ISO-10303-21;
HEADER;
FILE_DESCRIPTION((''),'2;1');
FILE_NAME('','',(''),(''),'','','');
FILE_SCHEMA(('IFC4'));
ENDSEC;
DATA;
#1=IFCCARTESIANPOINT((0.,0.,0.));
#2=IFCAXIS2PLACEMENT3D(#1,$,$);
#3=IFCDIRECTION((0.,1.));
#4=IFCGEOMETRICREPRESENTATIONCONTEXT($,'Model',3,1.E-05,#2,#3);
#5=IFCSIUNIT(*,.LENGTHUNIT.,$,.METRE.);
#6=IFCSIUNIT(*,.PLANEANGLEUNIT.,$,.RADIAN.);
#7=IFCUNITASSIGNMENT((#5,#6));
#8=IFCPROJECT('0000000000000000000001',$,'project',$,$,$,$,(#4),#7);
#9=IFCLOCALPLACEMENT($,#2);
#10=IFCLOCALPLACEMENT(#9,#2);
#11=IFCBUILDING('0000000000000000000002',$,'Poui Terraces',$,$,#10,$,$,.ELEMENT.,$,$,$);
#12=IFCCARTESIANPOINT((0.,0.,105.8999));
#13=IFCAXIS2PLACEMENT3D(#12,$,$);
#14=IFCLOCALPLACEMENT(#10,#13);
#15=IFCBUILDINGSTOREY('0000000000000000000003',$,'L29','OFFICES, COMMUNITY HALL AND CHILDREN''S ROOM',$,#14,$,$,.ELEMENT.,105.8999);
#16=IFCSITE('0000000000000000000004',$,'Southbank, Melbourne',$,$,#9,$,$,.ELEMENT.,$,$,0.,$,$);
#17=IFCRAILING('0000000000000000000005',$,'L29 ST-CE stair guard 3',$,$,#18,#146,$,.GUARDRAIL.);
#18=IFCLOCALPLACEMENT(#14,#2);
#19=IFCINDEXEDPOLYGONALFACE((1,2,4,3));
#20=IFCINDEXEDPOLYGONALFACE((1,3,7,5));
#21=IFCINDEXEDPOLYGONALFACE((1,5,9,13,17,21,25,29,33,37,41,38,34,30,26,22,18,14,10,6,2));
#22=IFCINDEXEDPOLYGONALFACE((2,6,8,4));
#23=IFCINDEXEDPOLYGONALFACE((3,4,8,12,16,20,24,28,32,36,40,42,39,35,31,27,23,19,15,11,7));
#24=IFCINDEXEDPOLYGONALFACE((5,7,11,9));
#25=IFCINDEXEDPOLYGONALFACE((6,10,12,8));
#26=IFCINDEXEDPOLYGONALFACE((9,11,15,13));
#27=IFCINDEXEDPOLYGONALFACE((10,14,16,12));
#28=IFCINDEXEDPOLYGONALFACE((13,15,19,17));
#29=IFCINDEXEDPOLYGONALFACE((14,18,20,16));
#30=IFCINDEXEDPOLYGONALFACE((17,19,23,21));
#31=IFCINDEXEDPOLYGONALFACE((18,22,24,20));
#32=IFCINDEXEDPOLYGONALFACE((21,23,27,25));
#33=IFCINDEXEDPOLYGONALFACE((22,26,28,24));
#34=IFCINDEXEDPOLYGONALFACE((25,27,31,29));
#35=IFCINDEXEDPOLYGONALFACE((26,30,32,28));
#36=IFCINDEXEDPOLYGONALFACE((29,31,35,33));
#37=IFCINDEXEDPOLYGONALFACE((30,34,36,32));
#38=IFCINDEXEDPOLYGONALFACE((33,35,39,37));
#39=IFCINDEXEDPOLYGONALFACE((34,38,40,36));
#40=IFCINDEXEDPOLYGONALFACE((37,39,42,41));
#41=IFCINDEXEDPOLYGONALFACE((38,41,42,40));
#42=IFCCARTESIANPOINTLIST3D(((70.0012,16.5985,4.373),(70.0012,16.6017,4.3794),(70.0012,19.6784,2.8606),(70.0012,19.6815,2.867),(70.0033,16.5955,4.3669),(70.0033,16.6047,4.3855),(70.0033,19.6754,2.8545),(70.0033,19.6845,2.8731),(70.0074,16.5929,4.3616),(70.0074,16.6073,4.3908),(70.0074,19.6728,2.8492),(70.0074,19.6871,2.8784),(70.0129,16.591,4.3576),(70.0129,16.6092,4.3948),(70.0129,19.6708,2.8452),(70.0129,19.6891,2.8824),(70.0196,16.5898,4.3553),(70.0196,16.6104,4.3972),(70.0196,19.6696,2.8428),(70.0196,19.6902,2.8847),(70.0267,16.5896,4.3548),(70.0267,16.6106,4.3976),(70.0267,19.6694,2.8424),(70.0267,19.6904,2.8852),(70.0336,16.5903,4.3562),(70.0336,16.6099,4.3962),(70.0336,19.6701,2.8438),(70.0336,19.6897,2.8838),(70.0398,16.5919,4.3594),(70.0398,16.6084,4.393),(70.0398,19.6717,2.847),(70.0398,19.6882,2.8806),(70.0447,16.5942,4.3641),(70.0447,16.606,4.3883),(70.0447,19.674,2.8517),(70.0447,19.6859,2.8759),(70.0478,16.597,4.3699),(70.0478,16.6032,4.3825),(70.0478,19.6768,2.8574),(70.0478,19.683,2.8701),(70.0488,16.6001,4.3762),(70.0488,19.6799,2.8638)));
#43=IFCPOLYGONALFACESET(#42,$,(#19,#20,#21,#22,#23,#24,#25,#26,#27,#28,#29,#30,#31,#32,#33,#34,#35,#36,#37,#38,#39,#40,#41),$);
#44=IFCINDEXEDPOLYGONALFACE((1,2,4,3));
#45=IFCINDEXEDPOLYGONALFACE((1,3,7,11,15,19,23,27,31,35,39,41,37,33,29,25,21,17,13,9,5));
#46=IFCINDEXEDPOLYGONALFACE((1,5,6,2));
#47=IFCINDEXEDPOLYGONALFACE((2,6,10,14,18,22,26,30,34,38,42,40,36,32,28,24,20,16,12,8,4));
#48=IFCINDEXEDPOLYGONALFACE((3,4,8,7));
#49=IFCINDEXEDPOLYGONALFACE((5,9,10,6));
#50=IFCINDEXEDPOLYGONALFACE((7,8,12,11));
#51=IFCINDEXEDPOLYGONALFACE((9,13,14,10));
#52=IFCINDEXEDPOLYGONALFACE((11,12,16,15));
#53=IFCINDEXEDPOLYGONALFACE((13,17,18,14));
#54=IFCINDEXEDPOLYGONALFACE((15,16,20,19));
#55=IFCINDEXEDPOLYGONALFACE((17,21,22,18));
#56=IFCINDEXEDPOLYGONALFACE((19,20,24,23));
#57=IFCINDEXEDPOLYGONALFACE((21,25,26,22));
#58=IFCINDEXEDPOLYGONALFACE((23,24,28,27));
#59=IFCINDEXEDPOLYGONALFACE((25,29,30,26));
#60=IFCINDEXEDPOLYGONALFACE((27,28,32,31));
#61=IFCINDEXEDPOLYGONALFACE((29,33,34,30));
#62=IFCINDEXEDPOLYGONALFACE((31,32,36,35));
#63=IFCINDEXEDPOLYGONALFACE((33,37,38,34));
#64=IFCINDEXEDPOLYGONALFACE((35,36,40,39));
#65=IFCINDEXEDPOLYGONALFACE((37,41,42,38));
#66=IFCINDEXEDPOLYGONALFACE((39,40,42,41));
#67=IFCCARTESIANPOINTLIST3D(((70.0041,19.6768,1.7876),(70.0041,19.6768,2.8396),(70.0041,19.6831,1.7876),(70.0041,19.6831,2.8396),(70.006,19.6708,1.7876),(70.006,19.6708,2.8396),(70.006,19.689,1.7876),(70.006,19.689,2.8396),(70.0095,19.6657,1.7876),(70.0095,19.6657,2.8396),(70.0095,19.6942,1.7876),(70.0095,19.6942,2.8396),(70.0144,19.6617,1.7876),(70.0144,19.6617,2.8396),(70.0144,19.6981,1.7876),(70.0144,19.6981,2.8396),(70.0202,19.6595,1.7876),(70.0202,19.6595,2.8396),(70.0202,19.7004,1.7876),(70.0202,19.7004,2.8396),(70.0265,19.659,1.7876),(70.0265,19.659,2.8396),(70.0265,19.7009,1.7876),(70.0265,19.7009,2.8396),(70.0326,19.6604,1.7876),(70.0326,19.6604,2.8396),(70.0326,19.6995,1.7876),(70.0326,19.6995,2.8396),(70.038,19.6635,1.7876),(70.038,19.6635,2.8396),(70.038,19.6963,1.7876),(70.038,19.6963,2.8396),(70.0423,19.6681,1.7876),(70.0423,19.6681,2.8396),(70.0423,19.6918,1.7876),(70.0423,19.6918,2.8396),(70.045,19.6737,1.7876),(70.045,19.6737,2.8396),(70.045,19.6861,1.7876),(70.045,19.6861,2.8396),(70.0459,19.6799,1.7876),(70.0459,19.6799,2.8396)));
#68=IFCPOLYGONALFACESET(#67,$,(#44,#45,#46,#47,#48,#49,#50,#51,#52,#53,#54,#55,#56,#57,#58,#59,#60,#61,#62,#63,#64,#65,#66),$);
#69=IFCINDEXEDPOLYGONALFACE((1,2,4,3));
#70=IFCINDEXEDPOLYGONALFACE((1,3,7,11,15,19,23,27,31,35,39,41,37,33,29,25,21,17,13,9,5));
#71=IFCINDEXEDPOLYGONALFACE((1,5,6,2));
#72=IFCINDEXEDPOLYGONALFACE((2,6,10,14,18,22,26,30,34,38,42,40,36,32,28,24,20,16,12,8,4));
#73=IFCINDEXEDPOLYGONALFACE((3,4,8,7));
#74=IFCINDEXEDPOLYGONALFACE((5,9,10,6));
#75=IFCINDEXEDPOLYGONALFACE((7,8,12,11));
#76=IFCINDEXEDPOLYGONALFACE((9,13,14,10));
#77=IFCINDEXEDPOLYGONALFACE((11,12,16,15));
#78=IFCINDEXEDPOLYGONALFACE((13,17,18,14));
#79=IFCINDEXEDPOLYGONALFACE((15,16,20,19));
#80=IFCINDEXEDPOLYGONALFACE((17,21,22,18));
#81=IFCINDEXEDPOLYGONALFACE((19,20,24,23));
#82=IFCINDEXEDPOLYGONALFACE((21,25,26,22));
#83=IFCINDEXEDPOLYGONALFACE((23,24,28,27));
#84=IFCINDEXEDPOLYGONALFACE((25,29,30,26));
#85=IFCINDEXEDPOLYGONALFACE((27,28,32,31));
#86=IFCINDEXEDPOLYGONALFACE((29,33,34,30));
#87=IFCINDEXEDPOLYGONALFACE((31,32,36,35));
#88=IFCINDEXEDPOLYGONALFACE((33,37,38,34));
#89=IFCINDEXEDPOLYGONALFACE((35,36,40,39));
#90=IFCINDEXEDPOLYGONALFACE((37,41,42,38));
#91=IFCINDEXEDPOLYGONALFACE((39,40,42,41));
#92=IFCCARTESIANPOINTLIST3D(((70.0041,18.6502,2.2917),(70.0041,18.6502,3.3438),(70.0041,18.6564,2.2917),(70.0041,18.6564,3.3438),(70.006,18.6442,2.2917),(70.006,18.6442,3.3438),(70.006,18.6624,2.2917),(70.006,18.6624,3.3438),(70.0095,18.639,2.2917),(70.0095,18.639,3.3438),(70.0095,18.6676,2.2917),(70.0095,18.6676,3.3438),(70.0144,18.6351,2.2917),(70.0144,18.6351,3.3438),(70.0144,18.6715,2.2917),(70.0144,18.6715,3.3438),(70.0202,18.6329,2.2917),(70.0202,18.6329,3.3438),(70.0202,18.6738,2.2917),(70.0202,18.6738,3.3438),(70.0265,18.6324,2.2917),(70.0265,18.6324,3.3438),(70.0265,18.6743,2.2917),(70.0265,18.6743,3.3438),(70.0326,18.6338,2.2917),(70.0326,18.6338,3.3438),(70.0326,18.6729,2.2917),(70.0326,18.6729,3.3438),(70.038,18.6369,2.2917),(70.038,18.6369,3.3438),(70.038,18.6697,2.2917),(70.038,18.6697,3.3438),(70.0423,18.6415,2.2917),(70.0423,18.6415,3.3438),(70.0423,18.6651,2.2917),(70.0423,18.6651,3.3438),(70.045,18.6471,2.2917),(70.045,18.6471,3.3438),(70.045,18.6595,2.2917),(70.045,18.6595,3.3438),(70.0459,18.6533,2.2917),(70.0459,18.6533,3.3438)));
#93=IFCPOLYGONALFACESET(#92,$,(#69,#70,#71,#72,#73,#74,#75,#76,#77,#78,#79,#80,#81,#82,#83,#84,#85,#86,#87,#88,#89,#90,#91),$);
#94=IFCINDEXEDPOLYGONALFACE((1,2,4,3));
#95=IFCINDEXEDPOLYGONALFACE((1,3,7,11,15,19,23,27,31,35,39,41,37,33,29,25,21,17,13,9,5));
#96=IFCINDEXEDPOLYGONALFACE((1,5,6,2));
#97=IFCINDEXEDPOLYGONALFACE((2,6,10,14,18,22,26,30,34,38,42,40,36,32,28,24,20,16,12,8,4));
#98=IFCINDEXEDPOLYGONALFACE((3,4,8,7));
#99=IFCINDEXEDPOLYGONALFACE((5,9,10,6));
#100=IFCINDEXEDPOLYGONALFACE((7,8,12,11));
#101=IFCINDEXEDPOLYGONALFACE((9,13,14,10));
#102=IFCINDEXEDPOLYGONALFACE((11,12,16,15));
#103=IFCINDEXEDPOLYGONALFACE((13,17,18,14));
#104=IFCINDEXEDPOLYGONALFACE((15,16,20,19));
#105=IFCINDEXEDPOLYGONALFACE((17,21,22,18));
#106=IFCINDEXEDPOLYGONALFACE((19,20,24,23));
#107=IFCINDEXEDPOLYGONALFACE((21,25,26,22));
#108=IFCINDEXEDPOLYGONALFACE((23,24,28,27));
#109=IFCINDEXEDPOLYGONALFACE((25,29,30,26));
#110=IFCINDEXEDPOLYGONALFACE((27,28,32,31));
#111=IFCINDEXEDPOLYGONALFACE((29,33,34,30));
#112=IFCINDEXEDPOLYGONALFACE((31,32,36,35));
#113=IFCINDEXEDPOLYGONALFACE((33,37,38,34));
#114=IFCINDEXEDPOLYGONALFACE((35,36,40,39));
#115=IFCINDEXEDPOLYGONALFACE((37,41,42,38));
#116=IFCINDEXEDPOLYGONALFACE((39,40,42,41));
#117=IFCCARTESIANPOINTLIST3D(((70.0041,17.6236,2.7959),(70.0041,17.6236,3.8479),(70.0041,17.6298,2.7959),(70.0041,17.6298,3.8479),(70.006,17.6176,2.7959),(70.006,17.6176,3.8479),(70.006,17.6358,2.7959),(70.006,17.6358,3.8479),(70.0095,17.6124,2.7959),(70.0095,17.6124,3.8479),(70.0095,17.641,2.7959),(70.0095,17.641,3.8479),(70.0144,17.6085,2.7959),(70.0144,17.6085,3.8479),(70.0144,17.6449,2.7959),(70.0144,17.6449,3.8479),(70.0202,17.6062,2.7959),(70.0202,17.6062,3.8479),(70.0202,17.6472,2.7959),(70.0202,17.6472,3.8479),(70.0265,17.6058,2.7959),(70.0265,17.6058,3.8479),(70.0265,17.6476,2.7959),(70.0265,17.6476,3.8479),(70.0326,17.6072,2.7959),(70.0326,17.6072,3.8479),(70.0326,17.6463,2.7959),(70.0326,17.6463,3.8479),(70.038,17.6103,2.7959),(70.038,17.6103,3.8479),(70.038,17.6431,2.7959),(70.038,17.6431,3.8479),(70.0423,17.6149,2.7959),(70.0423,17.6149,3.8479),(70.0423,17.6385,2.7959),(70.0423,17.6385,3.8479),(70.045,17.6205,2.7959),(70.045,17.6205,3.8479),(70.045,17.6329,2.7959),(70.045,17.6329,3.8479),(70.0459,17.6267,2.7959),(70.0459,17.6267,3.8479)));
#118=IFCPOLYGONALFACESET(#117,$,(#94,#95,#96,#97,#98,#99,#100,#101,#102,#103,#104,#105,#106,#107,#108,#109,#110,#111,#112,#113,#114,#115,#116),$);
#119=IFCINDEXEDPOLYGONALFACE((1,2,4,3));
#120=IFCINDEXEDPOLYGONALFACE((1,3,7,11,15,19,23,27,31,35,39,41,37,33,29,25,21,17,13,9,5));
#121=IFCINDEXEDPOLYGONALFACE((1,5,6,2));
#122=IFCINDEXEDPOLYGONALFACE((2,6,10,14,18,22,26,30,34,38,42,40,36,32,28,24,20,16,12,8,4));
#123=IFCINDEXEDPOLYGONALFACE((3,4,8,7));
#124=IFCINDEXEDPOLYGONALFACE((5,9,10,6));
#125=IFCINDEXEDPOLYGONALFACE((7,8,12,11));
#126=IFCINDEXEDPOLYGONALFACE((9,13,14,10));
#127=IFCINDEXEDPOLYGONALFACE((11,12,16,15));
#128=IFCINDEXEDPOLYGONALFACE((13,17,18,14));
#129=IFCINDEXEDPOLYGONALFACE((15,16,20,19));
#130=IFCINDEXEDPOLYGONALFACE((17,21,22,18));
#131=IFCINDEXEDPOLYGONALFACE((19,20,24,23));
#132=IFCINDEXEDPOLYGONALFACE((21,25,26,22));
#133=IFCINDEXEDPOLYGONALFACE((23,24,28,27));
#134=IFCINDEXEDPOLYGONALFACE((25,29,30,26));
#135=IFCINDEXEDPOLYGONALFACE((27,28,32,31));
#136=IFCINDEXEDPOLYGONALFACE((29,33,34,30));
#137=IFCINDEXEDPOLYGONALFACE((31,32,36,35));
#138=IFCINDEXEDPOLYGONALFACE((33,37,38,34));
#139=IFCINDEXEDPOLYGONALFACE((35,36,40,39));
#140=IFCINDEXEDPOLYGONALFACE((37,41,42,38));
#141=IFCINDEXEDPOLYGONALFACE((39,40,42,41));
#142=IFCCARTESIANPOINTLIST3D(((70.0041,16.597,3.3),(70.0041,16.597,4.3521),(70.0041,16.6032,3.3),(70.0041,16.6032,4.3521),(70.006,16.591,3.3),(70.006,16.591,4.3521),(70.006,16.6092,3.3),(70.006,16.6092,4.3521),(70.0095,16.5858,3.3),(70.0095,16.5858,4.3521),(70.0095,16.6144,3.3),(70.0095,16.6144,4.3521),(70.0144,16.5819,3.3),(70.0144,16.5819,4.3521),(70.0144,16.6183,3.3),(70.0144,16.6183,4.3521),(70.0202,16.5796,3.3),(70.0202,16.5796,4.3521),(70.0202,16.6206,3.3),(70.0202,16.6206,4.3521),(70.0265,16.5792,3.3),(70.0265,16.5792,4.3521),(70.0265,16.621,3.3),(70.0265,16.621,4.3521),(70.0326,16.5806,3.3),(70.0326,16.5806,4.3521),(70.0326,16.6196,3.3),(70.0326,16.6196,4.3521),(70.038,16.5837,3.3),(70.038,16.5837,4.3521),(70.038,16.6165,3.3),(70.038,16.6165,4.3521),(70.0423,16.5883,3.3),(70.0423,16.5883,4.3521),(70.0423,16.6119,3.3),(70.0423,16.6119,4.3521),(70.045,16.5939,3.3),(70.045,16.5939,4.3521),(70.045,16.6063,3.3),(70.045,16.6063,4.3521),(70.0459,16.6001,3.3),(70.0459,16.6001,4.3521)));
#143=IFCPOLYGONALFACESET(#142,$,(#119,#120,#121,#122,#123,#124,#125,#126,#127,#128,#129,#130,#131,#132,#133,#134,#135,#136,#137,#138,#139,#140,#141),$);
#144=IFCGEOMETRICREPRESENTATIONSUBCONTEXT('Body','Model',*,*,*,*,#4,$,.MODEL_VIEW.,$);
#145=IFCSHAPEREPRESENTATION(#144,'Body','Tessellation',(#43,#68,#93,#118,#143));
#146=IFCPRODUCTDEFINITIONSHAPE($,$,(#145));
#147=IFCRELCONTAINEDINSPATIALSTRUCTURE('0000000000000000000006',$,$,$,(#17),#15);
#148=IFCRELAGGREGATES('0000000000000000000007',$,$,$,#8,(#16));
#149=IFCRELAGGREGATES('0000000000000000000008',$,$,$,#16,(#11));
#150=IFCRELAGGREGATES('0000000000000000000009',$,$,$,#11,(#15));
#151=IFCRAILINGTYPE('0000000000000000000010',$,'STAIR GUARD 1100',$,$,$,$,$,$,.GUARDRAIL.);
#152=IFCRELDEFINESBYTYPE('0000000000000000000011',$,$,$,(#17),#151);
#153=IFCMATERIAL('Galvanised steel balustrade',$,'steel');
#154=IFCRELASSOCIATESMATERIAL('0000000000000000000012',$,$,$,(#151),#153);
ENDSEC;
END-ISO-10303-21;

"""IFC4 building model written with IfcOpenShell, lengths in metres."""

from ifc_helpers import new_model, si_unit, direction, frame, origin, origin_2d, place, context, subcontext, project, spatial, circle, extrude, material, type_object, element, save


model = new_model("IFC4")

# Units and contexts
model_context = context("Model", 3, precision=1e-05, world=origin(), true_north=direction((0.0, 1.0)))
body_context = subcontext(model_context, "Body", "Model", "MODEL_VIEW")
ifc_project = project(units=[si_unit("LENGTHUNIT", "METRE"), si_unit("PLANEANGLEUNIT", "RADIAN")], contexts=[model_context])

# Site, building, storey
site_placement = place(None, origin())
site = spatial("IfcSite", under=ifc_project, at=site_placement, Name="Southbank, Melbourne", CompositionType="ELEMENT", RefElevation=0.0)
building_placement = place(site_placement, origin())
building = spatial("IfcBuilding", under=site, at=building_placement, Name="Poui Terraces", CompositionType="ELEMENT")
storey_placement = place(building_placement, frame((0.0, 0.0, 105.8999)))
storey = spatial("IfcBuildingStorey", under=building, at=storey_placement, Name="L29", Description="OFFICES, COMMUNITY HALL AND CHILDREN'S ROOM", CompositionType="ELEMENT", Elevation=105.8999)

# Railing
ifc_material_1 = material(Name="Galvanised steel balustrade", Category="steel")
railing_type_1 = type_object("IfcRailingType", Name="STAIR GUARD 1100", PredefinedType="GUARDRAIL", material=ifc_material_1)
railing_1_placement = place(storey_placement, frame((70.0249, 19.6799, 1.7876)))
element("IfcRailing", 1, at=railing_1_placement, inside=storey, type_object=railing_type_1, Name="L29 ST-CE stair guard 3", PredefinedType="GUARDRAIL", context=body_context, shape_type="SweptSolid", body=[
    extrude(circle(Radius=0.0239, at=origin_2d()), frame((0.0, 0.0, 1.0762), z_axis=(0.0, -0.897606, 0.440798), x_axis=(1.0, 0.0, 0.0)), (0.0, 0.0, 1.0), 3.4312),
    extrude(circle(Radius=0.021, at=origin_2d()), origin(), (0.0, 0.0, 1.0), 1.052),
    extrude(circle(Radius=0.021, at=origin_2d()), frame((0.0, -1.0266, 0.5042)), (0.0, 0.0, 1.0), 1.052),
    extrude(circle(Radius=0.021, at=origin_2d()), frame((0.0, -2.0532, 1.0083)), (0.0, 0.0, 1.0), 1.052),
    extrude(circle(Radius=0.021, at=origin_2d()), frame((0.0, -3.0798, 1.5125)), (0.0, 0.0, 1.0), 1.052),
])

save(model, "model.ifc")
